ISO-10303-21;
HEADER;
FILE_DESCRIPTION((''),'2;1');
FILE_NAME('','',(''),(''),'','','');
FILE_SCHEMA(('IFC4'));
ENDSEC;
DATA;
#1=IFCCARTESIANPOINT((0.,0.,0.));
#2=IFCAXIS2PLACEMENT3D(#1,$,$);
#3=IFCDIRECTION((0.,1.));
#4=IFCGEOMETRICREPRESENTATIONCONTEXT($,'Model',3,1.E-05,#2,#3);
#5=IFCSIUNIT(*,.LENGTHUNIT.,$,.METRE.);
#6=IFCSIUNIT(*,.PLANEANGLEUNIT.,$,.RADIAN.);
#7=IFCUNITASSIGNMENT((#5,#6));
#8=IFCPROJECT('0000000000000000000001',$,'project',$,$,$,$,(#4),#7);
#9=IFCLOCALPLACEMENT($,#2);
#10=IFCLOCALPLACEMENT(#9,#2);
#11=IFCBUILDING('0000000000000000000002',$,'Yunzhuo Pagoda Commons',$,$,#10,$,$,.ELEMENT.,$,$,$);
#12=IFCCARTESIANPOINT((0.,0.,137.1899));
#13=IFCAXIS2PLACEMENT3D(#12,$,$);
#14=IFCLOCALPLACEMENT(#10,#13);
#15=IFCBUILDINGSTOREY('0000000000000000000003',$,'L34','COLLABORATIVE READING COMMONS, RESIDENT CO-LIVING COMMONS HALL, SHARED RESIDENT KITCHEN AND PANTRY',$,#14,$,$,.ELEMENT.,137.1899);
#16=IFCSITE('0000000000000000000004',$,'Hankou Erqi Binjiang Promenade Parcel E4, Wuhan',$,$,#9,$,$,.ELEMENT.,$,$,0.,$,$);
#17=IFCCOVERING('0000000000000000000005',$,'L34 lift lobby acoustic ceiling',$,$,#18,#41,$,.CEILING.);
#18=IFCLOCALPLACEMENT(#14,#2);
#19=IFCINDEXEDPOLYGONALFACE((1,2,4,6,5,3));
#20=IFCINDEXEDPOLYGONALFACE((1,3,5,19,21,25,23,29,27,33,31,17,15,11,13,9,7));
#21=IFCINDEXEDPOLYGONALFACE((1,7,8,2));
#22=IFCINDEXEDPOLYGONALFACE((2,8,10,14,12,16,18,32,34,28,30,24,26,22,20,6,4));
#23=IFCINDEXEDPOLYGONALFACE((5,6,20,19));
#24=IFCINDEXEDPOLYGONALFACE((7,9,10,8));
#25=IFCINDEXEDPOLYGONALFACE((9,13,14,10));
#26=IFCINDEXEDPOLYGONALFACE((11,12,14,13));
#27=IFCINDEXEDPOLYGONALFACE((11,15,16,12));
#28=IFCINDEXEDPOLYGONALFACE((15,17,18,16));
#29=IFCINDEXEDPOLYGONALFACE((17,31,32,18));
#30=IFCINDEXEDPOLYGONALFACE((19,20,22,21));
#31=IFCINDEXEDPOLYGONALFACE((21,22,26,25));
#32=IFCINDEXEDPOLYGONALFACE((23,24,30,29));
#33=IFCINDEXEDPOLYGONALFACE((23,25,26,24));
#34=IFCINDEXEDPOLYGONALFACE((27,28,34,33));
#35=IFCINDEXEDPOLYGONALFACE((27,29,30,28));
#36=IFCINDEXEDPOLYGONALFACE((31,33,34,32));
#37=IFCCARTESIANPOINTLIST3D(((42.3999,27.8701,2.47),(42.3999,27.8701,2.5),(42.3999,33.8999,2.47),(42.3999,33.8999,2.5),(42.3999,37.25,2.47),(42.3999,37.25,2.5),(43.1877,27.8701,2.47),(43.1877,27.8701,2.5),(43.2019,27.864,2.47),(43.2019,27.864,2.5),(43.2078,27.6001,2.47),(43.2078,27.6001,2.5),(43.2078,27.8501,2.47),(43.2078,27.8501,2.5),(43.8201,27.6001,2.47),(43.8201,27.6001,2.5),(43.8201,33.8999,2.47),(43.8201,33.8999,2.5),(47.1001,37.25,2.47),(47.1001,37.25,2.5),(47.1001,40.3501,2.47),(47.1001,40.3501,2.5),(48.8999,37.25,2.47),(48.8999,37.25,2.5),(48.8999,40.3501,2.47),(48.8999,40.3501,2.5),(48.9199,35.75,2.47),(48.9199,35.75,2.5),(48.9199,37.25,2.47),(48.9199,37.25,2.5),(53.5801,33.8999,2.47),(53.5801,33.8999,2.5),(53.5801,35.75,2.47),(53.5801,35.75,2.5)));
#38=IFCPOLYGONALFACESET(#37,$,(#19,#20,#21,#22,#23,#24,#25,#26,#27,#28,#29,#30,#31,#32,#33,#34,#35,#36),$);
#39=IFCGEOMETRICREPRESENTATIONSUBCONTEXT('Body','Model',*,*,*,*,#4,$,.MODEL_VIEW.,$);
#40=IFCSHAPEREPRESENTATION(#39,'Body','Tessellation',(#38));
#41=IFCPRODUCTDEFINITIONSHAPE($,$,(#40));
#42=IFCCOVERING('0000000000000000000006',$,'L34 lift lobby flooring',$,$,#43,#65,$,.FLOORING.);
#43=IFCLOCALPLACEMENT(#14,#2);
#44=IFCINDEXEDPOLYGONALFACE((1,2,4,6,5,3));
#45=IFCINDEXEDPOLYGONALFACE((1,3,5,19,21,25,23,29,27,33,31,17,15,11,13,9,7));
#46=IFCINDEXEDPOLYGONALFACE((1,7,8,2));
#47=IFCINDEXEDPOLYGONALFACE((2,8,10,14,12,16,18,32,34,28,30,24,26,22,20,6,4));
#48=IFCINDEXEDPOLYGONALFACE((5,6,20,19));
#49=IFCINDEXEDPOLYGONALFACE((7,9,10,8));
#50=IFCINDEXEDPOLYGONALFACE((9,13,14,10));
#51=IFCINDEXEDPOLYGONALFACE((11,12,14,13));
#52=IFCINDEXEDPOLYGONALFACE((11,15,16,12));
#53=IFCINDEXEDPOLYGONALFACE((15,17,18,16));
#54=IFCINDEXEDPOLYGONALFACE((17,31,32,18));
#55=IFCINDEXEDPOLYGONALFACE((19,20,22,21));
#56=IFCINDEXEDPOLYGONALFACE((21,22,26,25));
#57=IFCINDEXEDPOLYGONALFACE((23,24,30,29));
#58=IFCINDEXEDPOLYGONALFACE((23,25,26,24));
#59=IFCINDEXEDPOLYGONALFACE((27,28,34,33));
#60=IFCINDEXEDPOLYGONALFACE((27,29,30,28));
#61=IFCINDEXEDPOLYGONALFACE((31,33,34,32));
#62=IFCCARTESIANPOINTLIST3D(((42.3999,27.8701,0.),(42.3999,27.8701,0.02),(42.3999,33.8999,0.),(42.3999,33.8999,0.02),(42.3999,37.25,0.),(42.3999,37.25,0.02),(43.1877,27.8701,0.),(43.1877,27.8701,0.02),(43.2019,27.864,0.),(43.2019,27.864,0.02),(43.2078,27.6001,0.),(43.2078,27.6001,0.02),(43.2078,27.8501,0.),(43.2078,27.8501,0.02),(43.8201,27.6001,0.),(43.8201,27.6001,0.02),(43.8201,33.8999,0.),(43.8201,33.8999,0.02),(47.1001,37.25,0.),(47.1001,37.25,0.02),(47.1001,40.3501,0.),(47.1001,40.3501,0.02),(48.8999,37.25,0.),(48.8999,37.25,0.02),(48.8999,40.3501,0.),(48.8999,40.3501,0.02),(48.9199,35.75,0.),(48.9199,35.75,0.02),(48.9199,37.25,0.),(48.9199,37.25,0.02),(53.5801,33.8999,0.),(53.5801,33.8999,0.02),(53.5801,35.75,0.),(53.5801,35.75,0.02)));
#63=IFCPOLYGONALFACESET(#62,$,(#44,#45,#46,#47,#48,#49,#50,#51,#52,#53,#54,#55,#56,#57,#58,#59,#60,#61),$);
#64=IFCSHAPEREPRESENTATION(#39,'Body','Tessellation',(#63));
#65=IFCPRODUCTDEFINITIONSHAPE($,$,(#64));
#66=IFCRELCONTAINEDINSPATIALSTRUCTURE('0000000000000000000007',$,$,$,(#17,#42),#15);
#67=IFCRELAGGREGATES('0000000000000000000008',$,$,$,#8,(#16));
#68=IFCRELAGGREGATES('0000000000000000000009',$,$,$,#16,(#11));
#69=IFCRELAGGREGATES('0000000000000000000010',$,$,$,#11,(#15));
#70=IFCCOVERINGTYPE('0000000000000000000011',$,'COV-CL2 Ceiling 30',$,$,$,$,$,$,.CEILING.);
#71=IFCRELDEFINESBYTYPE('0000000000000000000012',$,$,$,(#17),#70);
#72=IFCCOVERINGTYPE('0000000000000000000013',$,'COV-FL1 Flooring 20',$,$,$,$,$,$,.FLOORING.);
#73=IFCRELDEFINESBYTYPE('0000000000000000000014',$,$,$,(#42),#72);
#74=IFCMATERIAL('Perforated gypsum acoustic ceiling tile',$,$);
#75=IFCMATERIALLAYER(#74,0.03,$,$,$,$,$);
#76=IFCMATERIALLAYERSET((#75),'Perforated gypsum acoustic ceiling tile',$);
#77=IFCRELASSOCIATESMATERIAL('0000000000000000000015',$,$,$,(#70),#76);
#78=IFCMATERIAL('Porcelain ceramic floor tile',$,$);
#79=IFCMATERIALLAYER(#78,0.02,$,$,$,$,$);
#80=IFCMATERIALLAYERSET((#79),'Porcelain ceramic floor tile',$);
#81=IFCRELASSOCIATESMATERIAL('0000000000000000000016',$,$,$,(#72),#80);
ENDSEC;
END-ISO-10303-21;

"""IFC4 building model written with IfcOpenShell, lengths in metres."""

from ifc_helpers import new_model, si_unit, direction, frame, origin, place, context, subcontext, project, spatial, polyline, outline, extrude, material, layer, layer_set, type_object, element, save


model = new_model("IFC4")

# Units and contexts
model_context = context("Model", 3, precision=1e-05, world=origin(), true_north=direction((0.0, 1.0)))
body_context = subcontext(model_context, "Body", "Model", "MODEL_VIEW")
ifc_project = project(units=[si_unit("LENGTHUNIT", "METRE"), si_unit("PLANEANGLEUNIT", "RADIAN")], contexts=[model_context])

# Site, building, storey
site_placement = place(None, origin())
site = spatial("IfcSite", under=ifc_project, at=site_placement, Name="Hankou Erqi Binjiang Promenade Parcel E4, Wuhan", CompositionType="ELEMENT", RefElevation=0.0)
building_placement = place(site_placement, origin())
building = spatial("IfcBuilding", under=site, at=building_placement, Name="Yunzhuo Pagoda Commons", CompositionType="ELEMENT")
storey_placement = place(building_placement, frame((0.0, 0.0, 137.1899)))
storey = spatial("IfcBuildingStorey", under=building, at=storey_placement, Name="L34", Description="COLLABORATIVE READING COMMONS, RESIDENT CO-LIVING COMMONS HALL, SHARED RESIDENT KITCHEN AND PANTRY", CompositionType="ELEMENT", Elevation=137.1899)

# Coverings
ifc_material_1 = material(Name="Perforated gypsum acoustic ceiling tile")
ifc_layer_1 = layer(ifc_material_1, 0.03)
ifc_layer_set_1 = layer_set([ifc_layer_1], Name="Perforated gypsum acoustic ceiling tile")
covering_type_1 = type_object("IfcCoveringType", Name="COV-CL2 Ceiling 30", PredefinedType="CEILING", material=ifc_layer_set_1)
covering_1_placement = place(storey_placement, frame((0.0, 0.0, 2.47)))
element("IfcCovering", 1, at=covering_1_placement, inside=storey, type_object=covering_type_1, Name="L34 lift lobby acoustic ceiling", PredefinedType="CEILING", context=body_context, shape_type="SweptSolid", body=[
    extrude(outline(polyline([(42.3999, 37.25), (47.1001, 37.25), (47.1001, 40.3501), (48.8999, 40.3501), (48.8999, 37.25), (48.9199, 37.25), (48.9199, 35.75), (53.5801, 35.75), (53.5801, 33.8999), (43.8201, 33.8999), (43.8201, 27.6001), (43.2078, 27.6001), (43.2078, 27.8501), (43.2019, 27.864), (43.1877, 27.8701), (42.3999, 27.8701), (42.3999, 33.8999), (42.3999, 37.25)])), origin(), (0.0, 0.0, 1.0), 0.03),
])
ifc_material_2 = material(Name="Porcelain ceramic floor tile")
ifc_layer_2 = layer(ifc_material_2, 0.02)
ifc_layer_set_2 = layer_set([ifc_layer_2], Name="Porcelain ceramic floor tile")
covering_type_2 = type_object("IfcCoveringType", Name="COV-FL1 Flooring 20", PredefinedType="FLOORING", material=ifc_layer_set_2)
covering_2_placement = place(storey_placement, origin())
element("IfcCovering", 2, at=covering_2_placement, inside=storey, type_object=covering_type_2, Name="L34 lift lobby flooring", PredefinedType="FLOORING", context=body_context, shape_type="SweptSolid", body=[
    extrude(outline(polyline([(42.3999, 37.25), (47.1001, 37.25), (47.1001, 40.3501), (48.8999, 40.3501), (48.8999, 37.25), (48.9199, 37.25), (48.9199, 35.75), (53.5801, 35.75), (53.5801, 33.8999), (43.8201, 33.8999), (43.8201, 27.6001), (43.2078, 27.6001), (43.2078, 27.8501), (43.2019, 27.864), (43.1877, 27.8701), (42.3999, 27.8701), (42.3999, 33.8999), (42.3999, 37.25)])), origin(), (0.0, 0.0, 1.0), 0.02),
])

save(model, "model.ifc")
